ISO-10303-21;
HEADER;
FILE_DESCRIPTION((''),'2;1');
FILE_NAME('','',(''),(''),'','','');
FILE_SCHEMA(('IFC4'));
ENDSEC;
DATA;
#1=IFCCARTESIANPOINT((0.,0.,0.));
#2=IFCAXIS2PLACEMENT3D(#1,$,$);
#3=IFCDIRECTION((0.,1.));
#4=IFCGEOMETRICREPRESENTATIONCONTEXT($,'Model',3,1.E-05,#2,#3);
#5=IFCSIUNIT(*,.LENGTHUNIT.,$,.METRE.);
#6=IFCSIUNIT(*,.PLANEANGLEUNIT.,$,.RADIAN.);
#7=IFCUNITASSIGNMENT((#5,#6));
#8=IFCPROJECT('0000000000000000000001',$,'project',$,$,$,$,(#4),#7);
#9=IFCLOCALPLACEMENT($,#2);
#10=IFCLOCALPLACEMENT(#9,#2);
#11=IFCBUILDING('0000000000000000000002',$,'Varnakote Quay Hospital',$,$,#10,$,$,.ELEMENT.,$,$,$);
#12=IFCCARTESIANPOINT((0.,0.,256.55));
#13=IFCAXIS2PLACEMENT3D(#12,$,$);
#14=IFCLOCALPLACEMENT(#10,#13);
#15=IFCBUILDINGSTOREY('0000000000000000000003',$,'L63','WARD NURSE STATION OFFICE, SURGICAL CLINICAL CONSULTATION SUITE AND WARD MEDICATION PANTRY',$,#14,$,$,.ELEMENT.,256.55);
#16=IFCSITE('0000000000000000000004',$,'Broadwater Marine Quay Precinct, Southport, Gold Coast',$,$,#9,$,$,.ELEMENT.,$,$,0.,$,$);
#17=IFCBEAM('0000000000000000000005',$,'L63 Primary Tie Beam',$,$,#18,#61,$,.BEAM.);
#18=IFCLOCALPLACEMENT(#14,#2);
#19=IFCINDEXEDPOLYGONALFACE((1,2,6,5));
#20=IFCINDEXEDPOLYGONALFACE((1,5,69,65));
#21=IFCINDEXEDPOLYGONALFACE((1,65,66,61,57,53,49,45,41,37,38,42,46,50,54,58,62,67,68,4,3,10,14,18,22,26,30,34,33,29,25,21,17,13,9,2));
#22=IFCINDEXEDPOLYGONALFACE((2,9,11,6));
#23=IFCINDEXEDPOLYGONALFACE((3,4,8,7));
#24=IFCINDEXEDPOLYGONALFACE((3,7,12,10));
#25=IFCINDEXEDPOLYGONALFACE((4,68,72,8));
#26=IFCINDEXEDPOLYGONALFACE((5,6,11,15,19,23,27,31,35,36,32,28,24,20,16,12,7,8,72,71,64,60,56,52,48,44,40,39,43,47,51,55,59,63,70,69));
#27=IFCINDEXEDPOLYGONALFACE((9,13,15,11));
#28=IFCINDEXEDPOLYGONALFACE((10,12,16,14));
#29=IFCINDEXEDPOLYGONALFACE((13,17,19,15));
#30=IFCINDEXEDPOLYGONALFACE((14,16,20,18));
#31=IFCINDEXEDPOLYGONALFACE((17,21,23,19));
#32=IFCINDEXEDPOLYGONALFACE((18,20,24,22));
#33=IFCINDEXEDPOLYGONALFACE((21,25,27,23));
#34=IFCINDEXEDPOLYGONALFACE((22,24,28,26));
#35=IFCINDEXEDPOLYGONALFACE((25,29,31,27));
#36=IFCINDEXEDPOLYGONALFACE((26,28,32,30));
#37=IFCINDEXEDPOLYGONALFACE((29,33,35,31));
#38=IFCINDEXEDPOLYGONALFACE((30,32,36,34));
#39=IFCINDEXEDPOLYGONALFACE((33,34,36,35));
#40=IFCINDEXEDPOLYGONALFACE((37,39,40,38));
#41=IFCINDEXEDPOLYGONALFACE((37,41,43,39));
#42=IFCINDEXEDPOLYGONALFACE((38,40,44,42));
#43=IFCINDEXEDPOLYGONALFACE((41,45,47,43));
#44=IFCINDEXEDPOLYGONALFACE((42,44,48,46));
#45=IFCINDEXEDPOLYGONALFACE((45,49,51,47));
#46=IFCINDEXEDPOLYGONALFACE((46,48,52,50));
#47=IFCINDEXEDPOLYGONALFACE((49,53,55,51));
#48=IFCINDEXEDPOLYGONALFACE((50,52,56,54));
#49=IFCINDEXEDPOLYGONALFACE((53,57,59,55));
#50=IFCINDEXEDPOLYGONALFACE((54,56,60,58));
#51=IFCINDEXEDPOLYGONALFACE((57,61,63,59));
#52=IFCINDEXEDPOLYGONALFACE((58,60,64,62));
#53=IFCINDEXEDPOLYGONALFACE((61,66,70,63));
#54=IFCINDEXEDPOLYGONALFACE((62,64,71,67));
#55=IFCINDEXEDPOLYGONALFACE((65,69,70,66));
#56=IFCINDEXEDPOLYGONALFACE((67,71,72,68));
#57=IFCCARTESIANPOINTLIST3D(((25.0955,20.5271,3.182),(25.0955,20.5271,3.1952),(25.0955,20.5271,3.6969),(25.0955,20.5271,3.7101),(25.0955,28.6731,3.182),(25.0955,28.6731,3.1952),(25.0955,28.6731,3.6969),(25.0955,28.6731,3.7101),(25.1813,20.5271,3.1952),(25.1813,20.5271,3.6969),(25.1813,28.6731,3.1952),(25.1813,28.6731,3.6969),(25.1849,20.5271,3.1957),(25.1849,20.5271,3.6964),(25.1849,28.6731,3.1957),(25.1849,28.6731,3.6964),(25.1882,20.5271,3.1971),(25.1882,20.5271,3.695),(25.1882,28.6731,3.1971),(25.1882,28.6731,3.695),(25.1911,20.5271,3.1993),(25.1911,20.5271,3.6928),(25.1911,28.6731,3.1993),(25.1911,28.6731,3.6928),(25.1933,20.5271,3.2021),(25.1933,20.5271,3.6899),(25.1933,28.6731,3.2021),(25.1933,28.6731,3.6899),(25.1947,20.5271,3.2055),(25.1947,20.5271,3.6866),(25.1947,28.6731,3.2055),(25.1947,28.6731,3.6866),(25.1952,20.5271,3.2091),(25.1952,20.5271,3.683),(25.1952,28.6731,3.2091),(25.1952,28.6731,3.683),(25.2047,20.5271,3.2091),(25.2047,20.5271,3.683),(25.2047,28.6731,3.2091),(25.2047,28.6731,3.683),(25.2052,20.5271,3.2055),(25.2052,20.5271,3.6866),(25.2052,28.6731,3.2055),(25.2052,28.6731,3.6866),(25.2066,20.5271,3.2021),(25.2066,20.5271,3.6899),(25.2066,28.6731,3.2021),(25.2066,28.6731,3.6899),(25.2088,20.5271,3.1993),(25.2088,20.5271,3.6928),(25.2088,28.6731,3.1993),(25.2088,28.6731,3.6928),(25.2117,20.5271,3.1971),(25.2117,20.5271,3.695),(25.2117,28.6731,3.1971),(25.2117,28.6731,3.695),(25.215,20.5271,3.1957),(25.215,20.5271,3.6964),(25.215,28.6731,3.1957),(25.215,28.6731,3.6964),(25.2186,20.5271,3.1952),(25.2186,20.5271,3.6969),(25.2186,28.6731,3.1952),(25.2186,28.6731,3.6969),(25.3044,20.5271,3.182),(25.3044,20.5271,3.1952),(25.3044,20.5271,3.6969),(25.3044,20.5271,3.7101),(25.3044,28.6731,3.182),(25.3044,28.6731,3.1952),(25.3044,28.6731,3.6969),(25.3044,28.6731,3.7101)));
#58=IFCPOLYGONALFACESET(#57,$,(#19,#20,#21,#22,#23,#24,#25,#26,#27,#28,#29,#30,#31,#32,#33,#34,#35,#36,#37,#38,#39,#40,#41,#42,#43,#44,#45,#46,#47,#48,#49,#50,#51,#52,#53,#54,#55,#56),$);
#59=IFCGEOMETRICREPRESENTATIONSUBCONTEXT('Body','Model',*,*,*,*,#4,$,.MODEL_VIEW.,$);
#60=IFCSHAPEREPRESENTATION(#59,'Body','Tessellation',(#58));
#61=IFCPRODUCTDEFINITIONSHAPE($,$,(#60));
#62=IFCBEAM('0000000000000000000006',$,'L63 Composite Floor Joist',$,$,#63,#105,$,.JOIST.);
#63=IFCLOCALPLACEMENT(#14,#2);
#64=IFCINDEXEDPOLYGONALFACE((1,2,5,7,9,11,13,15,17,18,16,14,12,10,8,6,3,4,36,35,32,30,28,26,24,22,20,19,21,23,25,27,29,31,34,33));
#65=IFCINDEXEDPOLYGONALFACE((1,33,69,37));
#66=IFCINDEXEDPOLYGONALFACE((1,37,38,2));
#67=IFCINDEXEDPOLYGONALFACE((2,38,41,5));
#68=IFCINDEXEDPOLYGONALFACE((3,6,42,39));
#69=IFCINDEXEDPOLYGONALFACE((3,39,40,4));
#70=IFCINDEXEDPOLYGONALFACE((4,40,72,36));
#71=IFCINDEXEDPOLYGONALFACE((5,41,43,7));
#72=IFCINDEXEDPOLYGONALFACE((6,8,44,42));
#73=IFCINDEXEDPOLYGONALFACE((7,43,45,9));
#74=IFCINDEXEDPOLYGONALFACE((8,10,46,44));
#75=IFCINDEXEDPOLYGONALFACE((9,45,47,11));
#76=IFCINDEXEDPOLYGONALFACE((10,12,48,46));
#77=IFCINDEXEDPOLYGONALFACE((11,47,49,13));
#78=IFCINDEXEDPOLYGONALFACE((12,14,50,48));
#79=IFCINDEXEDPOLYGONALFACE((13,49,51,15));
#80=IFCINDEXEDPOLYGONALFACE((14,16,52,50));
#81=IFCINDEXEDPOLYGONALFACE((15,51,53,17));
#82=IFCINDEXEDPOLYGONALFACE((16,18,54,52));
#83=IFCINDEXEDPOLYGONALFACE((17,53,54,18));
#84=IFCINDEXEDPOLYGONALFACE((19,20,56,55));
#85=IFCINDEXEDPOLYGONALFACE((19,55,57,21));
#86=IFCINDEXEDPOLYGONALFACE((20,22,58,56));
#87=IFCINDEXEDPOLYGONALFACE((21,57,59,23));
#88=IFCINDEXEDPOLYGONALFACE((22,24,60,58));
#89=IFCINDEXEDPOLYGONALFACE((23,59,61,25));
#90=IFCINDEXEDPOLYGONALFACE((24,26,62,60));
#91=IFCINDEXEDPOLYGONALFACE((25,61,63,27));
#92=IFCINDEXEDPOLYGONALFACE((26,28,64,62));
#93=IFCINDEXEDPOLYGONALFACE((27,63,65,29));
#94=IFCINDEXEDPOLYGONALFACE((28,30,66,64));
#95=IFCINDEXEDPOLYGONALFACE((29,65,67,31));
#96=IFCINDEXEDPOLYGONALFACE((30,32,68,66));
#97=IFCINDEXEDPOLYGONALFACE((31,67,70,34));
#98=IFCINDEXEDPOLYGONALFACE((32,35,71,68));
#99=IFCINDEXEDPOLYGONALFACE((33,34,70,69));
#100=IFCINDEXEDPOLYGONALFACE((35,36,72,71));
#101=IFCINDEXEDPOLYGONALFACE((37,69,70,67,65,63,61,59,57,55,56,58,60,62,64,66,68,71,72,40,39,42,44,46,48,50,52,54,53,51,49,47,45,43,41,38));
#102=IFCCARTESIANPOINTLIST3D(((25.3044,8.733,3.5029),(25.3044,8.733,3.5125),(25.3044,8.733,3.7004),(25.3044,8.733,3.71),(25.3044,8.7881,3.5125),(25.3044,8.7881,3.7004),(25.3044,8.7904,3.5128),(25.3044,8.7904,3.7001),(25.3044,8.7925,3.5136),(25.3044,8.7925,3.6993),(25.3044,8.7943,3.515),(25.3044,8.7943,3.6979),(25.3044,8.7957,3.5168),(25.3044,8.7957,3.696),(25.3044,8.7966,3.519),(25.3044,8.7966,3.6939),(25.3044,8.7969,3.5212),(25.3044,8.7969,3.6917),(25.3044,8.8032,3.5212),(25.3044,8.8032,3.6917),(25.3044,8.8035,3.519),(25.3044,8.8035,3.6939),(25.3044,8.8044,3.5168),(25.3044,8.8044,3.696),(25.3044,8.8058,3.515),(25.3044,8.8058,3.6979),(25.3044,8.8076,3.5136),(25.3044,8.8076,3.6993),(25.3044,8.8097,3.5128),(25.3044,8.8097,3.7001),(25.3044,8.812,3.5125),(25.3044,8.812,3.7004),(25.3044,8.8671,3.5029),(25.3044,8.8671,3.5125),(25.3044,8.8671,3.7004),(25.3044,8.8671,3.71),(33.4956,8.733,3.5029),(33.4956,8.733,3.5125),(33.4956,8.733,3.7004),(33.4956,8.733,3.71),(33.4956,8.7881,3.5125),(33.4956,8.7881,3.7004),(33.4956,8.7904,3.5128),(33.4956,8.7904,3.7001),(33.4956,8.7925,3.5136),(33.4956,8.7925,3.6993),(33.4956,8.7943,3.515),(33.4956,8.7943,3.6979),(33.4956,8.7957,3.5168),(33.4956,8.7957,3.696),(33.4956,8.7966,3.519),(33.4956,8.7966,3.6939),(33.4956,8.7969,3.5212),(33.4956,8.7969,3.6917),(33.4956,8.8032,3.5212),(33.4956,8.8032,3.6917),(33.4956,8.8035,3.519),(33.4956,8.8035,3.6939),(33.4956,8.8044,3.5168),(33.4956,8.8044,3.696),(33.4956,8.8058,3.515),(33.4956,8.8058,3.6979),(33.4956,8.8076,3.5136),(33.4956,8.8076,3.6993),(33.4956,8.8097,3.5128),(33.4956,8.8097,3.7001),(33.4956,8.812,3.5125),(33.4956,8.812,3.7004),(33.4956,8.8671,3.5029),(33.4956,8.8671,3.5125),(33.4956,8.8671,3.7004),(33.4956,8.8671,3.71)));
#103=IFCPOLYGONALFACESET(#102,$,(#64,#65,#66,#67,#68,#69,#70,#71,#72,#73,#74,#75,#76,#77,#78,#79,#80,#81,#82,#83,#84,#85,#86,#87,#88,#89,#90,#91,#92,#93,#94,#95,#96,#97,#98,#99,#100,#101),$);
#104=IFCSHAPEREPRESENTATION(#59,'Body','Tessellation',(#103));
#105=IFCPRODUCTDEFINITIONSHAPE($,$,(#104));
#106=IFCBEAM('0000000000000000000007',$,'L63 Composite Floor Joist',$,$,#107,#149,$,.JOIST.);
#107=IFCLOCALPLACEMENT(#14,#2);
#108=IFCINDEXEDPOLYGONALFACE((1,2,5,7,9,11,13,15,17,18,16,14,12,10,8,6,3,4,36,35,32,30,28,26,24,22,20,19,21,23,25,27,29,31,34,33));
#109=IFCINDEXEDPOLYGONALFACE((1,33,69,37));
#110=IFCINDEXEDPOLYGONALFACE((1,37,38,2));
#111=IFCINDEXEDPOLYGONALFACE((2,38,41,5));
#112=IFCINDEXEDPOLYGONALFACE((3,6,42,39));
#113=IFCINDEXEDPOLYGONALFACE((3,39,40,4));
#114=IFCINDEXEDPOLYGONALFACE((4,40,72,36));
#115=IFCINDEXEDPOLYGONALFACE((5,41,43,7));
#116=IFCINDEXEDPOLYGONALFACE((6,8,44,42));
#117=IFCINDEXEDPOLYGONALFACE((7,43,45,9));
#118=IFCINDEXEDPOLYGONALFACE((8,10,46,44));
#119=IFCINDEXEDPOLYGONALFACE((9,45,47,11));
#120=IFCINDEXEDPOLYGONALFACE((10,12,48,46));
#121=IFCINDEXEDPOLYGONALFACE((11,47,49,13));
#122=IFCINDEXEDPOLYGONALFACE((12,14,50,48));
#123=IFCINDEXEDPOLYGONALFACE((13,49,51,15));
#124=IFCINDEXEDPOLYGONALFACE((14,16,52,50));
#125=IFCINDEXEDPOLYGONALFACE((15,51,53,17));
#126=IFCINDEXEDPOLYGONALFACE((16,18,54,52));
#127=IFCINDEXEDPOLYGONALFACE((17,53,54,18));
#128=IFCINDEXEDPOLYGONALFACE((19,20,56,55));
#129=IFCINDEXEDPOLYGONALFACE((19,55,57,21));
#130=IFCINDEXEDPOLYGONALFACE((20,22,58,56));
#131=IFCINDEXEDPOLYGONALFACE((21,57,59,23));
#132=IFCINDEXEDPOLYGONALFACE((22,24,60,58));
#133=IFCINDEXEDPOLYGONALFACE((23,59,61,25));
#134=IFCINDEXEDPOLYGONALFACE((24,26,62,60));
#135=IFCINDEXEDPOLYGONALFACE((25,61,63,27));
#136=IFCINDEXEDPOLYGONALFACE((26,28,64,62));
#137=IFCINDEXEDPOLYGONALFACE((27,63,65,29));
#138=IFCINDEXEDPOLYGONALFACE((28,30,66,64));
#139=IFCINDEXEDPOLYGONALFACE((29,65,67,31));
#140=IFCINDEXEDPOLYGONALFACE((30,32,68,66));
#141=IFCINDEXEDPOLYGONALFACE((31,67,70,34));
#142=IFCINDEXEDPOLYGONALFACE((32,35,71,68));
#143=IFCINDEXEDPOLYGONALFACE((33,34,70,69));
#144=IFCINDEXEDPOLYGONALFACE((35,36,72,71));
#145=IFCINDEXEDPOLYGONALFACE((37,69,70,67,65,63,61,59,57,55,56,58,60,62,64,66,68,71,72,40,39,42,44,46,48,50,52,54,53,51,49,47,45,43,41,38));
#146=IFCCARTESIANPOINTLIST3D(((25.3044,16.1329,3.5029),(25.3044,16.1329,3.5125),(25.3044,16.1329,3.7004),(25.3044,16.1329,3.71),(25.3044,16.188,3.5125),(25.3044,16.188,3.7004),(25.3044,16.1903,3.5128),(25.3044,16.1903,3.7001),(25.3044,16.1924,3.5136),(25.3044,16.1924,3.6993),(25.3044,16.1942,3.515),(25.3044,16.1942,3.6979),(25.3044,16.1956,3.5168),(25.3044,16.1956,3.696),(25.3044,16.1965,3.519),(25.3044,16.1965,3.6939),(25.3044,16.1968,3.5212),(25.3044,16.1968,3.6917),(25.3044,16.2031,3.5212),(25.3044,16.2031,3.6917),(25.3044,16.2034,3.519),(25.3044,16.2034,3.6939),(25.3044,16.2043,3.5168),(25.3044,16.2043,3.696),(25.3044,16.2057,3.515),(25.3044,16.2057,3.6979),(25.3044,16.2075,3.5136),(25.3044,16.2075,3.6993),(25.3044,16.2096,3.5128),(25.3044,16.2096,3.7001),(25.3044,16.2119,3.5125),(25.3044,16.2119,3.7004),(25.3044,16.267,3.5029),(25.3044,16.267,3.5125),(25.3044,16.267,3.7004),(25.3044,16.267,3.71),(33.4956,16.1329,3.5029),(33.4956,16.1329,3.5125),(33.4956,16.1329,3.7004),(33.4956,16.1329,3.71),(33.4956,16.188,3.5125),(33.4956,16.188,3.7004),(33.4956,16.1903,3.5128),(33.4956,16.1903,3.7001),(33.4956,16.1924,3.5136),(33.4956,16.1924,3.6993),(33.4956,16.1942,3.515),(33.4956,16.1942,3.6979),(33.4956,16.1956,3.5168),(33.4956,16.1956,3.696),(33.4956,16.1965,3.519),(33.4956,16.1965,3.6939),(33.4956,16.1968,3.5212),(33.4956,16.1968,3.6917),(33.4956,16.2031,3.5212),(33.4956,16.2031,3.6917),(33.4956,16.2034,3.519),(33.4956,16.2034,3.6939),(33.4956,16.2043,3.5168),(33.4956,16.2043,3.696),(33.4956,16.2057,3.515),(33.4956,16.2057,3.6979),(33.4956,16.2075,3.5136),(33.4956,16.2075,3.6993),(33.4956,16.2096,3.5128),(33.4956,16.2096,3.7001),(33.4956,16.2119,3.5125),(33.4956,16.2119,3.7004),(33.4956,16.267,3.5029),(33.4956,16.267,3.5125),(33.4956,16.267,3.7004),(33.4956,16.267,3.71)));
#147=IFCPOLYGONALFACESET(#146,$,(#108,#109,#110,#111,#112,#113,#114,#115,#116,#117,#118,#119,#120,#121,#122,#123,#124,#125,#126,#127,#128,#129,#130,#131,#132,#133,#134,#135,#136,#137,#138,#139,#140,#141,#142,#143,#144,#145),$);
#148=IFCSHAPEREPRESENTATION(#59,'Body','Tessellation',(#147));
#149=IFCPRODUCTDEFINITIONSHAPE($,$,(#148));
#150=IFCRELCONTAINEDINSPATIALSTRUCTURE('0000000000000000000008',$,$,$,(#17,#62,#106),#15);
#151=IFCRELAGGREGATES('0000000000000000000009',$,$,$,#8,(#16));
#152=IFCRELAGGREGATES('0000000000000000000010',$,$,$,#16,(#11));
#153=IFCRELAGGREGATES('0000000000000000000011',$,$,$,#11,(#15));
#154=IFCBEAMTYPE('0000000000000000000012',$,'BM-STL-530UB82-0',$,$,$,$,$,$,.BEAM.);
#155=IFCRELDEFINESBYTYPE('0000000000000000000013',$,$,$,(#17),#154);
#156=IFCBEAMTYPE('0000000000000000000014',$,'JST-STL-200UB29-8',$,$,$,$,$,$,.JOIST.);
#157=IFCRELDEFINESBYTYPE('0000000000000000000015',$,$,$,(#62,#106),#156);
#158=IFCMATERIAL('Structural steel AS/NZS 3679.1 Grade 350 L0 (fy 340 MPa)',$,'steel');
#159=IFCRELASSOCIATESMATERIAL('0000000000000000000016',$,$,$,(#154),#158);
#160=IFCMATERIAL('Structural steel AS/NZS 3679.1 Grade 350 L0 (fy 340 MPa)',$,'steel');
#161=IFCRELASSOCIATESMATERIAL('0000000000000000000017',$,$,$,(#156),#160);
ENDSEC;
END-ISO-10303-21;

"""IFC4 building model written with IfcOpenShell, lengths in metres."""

from ifc_helpers import new_model, si_unit, direction, frame, origin, origin_2d, place, context, subcontext, project, spatial, i_section, extrude, material, material_profile, profile_set, type_object, element, save


model = new_model("IFC4")

# Units and contexts
model_context = context("Model", 3, precision=1e-05, world=origin(), true_north=direction((0.0, 1.0)))
body_context = subcontext(model_context, "Body", "Model", "MODEL_VIEW")
ifc_project = project(units=[si_unit("LENGTHUNIT", "METRE"), si_unit("PLANEANGLEUNIT", "RADIAN")], contexts=[model_context])

# Site, building, storey
site_placement = place(None, origin())
site = spatial("IfcSite", under=ifc_project, at=site_placement, Name="Broadwater Marine Quay Precinct, Southport, Gold Coast", CompositionType="ELEMENT", RefElevation=0.0)
building_placement = place(site_placement, origin())
building = spatial("IfcBuilding", under=site, at=building_placement, Name="Varnakote Quay Hospital", CompositionType="ELEMENT")
storey_placement = place(building_placement, frame((0.0, 0.0, 256.55)))
storey = spatial("IfcBuildingStorey", under=building, at=storey_placement, Name="L63", Description="WARD NURSE STATION OFFICE, SURGICAL CLINICAL CONSULTATION SUITE AND WARD MEDICATION PANTRY", CompositionType="ELEMENT", Elevation=256.55)

# Beams
ifc_material_1 = material(Name="Structural steel AS/NZS 3679.1 Grade 350 L0 (fy 340 MPa)", Category="steel")
ifc_material_profile_1 = material_profile(ifc_material_1, i_section(OverallWidth=0.209, OverallDepth=0.5281, WebThickness=0.0095, FlangeThickness=0.0132, FilletRadius=0.0139, at=origin_2d()), Name="530UB82.0")
ifc_profile_set_1 = profile_set([ifc_material_profile_1], Name="Structural steel AS/NZS 3679.1 Grade 350 L0 (fy 340 MPa)")
beam_type_1 = type_object("IfcBeamType", Name="BM-STL-530UB82-0", PredefinedType="BEAM", material=ifc_profile_set_1)
for number, where, z_axis, x_axis, name in (
    (1, (25.2, 20.5271, 3.446), (0.0, 1.0, 0.0), (-1.0, 0.0, 0.0), "L63 Primary Tie Beam"),
):
    element("IfcBeam", number, at=place(storey_placement, frame(where, z_axis=z_axis, x_axis=x_axis)), inside=storey, type_object=beam_type_1, Name=name, PredefinedType="BEAM", context=body_context, shape_type="SweptSolid", body=[
        extrude(i_section(OverallWidth=0.209, OverallDepth=0.5281, WebThickness=0.0095, FlangeThickness=0.0132, FilletRadius=0.0139, at=origin_2d()), origin(), (0.0, 0.0, 1.0), 8.146),
    ])
ifc_material_2 = material(Name="Structural steel AS/NZS 3679.1 Grade 350 L0 (fy 340 MPa)", Category="steel")
ifc_material_profile_2 = material_profile(ifc_material_2, i_section(OverallWidth=0.134, OverallDepth=0.207, WebThickness=0.0063, FlangeThickness=0.0095, FilletRadius=0.0088, at=origin_2d()), Name="200UB29.8")
ifc_profile_set_2 = profile_set([ifc_material_profile_2], Name="Structural steel AS/NZS 3679.1 Grade 350 L0 (fy 340 MPa)")
beam_type_2 = type_object("IfcBeamType", Name="JST-STL-200UB29-8", PredefinedType="JOIST", material=ifc_profile_set_2)
for number, where, z_axis, x_axis, name in (
    (2, (25.3044, 8.8, 3.6064), (1.0, 0.0, 0.0), (0.0, 1.0, 0.0), "L63 Composite Floor Joist"),
    (3, (25.3044, 16.2, 3.6064), (1.0, 0.0, 0.0), (0.0, 1.0, 0.0), "L63 Composite Floor Joist"),
):
    element("IfcBeam", number, at=place(storey_placement, frame(where, z_axis=z_axis, x_axis=x_axis)), inside=storey, type_object=beam_type_2, Name=name, PredefinedType="JOIST", context=body_context, shape_type="SweptSolid", body=[
        extrude(i_section(OverallWidth=0.134, OverallDepth=0.207, WebThickness=0.0063, FlangeThickness=0.0095, FilletRadius=0.0088, at=origin_2d()), origin(), (0.0, 0.0, 1.0), 8.1912),
    ])

save(model, "model.ifc")
